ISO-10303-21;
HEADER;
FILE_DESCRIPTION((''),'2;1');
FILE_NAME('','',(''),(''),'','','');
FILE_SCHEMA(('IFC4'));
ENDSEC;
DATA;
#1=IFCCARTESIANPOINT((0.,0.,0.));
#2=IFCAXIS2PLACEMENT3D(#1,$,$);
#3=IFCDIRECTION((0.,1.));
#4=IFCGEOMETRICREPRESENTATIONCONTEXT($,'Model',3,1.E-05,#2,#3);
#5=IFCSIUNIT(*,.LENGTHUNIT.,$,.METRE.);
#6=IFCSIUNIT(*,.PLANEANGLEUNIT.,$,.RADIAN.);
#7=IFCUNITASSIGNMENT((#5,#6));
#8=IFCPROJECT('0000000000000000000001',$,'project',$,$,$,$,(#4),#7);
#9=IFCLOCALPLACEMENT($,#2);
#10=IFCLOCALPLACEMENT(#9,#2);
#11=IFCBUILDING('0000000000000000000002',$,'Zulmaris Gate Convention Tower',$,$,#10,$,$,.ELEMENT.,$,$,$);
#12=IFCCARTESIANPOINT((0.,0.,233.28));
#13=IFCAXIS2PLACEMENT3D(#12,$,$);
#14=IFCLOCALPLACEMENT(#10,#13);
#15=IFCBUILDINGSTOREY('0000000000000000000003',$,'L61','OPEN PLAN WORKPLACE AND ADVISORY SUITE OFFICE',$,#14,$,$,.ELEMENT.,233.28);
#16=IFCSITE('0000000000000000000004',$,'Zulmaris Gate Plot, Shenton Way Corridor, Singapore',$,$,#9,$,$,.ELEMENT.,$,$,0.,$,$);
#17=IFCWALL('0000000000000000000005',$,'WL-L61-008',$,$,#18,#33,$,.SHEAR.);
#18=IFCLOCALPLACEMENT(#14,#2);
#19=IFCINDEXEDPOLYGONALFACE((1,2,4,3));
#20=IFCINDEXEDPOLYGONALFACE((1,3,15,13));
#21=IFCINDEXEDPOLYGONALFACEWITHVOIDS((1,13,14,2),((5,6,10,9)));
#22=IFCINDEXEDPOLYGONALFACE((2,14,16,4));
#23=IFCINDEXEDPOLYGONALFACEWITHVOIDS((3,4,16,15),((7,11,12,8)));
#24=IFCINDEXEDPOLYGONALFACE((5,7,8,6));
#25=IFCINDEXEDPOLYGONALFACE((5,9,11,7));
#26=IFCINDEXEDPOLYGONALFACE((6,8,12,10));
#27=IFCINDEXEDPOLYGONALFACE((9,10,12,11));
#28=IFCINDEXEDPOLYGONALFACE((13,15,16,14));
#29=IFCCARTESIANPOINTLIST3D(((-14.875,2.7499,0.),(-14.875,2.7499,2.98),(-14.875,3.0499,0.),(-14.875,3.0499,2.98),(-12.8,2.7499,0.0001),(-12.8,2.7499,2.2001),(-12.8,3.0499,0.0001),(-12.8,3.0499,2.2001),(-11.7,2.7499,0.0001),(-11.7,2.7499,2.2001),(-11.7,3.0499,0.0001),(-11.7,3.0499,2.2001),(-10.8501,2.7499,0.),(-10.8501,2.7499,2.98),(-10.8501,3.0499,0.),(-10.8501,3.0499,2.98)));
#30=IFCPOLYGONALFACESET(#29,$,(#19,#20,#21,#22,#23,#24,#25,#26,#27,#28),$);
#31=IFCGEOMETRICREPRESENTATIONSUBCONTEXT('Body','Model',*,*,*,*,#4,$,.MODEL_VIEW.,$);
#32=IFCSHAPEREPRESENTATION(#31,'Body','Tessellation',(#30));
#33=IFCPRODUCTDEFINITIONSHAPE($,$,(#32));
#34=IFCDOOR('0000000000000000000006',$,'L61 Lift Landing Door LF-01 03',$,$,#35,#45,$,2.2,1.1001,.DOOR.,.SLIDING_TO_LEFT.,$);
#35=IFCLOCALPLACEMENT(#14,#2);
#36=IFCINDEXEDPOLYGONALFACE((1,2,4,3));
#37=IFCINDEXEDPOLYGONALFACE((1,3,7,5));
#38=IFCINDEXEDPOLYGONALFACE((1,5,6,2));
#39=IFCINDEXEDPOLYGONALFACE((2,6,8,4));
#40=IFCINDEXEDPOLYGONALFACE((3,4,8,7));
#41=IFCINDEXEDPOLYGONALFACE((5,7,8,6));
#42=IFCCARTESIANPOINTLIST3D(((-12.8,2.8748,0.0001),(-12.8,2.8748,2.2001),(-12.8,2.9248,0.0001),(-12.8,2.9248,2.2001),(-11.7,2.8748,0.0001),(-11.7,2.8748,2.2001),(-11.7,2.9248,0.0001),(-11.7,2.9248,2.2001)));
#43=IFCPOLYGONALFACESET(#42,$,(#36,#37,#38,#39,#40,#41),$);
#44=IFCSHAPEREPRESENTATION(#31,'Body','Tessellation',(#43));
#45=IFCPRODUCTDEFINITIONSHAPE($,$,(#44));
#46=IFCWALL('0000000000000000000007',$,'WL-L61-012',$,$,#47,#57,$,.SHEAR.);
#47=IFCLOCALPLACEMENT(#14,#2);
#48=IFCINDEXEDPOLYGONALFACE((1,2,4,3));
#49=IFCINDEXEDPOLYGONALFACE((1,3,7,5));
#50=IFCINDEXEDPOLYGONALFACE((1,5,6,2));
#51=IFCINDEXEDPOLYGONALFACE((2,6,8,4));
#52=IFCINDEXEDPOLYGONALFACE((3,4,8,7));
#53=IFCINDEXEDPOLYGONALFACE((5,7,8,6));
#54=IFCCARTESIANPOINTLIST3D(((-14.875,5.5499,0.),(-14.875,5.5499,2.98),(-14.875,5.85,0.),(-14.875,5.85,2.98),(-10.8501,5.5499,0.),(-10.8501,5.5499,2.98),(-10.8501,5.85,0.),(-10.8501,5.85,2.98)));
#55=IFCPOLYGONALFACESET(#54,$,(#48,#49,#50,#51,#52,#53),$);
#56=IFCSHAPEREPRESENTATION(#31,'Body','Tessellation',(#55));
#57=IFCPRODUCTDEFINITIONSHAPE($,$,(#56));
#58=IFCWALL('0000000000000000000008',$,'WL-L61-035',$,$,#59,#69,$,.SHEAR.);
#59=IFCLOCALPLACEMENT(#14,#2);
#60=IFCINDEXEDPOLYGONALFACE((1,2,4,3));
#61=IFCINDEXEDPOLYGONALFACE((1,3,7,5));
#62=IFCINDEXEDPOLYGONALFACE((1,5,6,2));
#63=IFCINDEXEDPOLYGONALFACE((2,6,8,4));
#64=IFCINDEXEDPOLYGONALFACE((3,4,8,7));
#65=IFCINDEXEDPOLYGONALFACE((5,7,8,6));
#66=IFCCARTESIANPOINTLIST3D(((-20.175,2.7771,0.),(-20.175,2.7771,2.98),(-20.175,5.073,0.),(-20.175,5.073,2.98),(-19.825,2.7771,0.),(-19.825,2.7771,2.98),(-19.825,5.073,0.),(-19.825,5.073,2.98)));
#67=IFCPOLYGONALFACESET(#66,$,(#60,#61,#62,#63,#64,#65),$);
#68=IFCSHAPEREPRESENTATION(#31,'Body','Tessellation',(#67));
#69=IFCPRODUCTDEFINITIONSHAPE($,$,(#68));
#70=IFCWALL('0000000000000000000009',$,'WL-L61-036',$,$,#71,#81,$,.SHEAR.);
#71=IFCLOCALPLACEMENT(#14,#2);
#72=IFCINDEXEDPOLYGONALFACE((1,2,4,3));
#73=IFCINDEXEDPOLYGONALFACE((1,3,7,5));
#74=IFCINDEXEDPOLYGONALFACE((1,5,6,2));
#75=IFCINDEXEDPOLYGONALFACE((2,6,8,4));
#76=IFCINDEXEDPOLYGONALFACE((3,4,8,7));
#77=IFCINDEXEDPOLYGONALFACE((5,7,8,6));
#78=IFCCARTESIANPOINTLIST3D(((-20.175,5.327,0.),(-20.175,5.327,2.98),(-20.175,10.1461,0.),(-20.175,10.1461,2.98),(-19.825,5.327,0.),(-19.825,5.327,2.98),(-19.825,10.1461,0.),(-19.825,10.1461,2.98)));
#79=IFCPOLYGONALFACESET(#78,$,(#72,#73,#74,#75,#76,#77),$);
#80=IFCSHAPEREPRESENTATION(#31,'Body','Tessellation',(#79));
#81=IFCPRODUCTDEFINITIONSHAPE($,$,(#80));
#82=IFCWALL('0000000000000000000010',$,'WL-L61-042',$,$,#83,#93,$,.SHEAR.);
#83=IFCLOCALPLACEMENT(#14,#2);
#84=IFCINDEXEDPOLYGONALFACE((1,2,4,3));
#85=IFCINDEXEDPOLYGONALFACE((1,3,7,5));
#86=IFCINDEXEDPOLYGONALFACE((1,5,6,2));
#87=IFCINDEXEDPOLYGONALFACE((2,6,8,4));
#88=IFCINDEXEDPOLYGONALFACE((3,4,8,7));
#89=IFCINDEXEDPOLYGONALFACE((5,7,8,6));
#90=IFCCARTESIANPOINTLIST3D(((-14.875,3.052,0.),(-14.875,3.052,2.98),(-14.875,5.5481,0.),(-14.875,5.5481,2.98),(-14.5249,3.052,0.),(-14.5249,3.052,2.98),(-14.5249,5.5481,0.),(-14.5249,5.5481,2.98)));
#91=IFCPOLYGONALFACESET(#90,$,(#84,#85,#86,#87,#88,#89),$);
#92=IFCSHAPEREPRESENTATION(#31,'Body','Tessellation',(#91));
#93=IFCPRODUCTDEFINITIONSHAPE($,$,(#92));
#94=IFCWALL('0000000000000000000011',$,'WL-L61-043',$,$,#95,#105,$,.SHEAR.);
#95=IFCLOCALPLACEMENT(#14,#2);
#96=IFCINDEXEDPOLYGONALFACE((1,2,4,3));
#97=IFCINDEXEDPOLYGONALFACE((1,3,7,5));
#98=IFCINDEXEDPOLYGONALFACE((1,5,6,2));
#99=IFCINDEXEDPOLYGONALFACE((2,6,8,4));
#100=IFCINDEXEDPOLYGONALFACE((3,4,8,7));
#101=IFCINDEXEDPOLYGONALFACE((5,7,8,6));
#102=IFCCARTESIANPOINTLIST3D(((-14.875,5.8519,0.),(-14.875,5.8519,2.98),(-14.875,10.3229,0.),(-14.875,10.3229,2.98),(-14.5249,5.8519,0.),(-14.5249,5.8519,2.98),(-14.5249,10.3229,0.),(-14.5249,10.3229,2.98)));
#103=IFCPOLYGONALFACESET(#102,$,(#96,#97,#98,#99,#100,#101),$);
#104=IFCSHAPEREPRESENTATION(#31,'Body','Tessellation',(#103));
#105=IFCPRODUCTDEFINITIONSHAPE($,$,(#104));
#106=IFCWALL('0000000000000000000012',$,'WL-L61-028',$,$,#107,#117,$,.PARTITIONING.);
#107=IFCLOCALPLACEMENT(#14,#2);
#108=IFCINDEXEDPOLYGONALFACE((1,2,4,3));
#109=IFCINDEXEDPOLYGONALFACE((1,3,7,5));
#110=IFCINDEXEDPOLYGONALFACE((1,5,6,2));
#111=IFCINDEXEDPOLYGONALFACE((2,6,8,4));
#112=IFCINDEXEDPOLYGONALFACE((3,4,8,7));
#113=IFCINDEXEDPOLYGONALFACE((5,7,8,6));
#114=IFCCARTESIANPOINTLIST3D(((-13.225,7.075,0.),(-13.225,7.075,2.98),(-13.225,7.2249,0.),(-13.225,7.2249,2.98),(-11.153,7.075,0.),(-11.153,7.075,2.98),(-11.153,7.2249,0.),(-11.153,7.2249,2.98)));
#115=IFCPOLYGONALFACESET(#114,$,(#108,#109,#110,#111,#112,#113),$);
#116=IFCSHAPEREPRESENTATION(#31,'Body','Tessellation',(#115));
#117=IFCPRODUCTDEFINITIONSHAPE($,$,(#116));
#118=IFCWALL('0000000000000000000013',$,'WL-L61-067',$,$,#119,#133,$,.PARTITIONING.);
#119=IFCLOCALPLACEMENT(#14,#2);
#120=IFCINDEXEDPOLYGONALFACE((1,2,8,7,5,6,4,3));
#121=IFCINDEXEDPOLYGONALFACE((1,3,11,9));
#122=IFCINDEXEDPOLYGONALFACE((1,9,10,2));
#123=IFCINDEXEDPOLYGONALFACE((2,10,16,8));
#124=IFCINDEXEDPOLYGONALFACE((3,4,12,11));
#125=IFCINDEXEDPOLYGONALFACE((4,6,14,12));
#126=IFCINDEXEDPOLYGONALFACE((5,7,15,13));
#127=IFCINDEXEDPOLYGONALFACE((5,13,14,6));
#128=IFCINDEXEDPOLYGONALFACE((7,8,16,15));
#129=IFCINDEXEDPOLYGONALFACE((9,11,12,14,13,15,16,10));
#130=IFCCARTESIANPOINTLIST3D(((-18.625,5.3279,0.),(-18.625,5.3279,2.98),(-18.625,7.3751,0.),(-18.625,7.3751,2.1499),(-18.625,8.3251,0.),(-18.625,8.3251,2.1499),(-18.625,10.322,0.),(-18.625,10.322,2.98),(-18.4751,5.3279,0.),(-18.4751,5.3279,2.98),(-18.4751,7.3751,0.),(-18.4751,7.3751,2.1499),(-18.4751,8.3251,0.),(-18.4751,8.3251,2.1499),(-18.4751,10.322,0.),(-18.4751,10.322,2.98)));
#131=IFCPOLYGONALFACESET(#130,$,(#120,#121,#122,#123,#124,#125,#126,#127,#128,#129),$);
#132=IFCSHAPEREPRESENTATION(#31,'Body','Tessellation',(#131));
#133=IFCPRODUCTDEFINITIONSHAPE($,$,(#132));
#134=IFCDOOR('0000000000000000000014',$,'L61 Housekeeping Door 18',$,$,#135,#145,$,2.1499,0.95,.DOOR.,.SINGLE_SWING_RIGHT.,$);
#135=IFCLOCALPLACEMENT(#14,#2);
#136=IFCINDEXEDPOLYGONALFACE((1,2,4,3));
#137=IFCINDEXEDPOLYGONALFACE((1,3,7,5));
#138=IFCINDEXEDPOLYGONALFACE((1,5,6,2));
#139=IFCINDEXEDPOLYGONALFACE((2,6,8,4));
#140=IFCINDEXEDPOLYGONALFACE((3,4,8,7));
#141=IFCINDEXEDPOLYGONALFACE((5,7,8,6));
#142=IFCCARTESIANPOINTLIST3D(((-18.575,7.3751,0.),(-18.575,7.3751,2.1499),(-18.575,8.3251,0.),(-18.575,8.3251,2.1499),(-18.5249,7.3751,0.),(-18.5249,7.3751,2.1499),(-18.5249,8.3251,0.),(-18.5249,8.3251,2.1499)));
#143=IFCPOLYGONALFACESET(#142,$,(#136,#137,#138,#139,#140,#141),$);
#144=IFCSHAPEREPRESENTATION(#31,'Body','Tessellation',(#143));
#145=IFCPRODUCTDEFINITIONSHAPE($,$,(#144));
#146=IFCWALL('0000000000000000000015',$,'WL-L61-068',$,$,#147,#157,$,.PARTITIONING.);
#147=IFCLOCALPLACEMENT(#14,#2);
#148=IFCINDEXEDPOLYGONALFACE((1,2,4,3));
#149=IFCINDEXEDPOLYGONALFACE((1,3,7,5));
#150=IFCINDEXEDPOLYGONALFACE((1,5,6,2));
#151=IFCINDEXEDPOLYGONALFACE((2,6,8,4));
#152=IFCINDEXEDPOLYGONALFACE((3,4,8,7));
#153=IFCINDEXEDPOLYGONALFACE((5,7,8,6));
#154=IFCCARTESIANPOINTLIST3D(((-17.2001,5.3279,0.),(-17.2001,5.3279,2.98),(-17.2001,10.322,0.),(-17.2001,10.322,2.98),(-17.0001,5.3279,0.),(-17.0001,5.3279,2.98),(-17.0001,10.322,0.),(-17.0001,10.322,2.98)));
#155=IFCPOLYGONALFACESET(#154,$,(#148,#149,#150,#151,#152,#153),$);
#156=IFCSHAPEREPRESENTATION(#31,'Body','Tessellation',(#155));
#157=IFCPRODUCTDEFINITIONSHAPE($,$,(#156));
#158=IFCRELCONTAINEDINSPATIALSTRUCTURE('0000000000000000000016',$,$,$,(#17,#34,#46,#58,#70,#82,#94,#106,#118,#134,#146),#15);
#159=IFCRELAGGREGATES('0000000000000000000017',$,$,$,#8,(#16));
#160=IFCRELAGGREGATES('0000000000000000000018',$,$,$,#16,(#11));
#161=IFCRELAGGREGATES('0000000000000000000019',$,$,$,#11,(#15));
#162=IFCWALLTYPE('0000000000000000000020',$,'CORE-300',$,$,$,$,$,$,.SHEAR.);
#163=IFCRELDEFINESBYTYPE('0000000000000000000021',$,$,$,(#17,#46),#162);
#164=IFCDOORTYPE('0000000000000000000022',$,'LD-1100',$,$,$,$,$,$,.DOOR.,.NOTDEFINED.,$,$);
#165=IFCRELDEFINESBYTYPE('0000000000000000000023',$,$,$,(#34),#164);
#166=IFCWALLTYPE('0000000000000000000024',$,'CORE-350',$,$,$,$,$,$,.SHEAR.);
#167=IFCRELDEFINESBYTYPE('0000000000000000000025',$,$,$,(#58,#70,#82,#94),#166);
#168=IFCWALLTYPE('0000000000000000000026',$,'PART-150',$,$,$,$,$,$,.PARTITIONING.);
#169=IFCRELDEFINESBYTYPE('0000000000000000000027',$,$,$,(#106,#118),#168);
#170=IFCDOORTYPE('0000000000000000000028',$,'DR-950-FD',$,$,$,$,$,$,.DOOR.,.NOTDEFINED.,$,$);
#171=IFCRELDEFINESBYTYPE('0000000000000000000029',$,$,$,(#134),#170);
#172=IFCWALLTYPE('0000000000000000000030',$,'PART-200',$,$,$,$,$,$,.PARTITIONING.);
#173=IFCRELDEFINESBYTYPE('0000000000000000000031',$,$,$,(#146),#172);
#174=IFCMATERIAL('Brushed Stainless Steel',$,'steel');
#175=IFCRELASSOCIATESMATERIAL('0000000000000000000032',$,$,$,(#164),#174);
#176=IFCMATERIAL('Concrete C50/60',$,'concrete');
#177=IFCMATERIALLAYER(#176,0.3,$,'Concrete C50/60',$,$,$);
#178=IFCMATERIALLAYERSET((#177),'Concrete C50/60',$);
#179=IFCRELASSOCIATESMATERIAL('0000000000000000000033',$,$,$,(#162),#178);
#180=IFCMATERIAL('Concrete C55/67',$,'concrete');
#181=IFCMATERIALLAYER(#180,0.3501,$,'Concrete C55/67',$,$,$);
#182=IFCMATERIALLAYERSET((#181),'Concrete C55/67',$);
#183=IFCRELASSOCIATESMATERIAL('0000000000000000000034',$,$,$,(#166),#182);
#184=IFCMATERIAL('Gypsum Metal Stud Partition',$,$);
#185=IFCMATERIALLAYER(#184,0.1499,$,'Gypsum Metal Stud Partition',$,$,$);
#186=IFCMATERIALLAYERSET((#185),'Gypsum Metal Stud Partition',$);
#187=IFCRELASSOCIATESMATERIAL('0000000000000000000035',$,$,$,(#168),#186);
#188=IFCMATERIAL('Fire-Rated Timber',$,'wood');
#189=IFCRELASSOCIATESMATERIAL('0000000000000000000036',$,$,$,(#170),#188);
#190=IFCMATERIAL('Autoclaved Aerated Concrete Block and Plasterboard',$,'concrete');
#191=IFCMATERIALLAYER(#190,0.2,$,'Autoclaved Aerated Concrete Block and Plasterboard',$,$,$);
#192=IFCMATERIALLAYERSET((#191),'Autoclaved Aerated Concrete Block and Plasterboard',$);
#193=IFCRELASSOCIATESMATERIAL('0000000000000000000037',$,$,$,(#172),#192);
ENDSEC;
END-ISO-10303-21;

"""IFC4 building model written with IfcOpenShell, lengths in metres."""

from ifc_helpers import new_model, si_unit, direction, frame, frame_2d, origin, place, context, subcontext, project, spatial, rectangle, extrude, material, layer, layer_set, type_object, element, fill, save


model = new_model("IFC4")

# Units and contexts
model_context = context("Model", 3, precision=1e-05, world=origin(), true_north=direction((0.0, 1.0)))
body_context = subcontext(model_context, "Body", "Model", "MODEL_VIEW")
ifc_project = project(units=[si_unit("LENGTHUNIT", "METRE"), si_unit("PLANEANGLEUNIT", "RADIAN")], contexts=[model_context])

# Site, building, storey
site_placement = place(None, origin())
site = spatial("IfcSite", under=ifc_project, at=site_placement, Name="Zulmaris Gate Plot, Shenton Way Corridor, Singapore", CompositionType="ELEMENT", RefElevation=0.0)
building_placement = place(site_placement, origin())
building = spatial("IfcBuilding", under=site, at=building_placement, Name="Zulmaris Gate Convention Tower", CompositionType="ELEMENT")
storey_placement = place(building_placement, frame((0.0, 0.0, 233.28)))
storey = spatial("IfcBuildingStorey", under=building, at=storey_placement, Name="L61", Description="OPEN PLAN WORKPLACE AND ADVISORY SUITE OFFICE", CompositionType="ELEMENT", Elevation=233.28)

# Shared definitions
ifc_material_1 = material(Name="Concrete C50/60", Category="concrete")

# Shared definitions
ifc_material_2 = material(Name="Brushed Stainless Steel", Category="steel")
door_type_1 = type_object("IfcDoorType", Name="LD-1100", OperationType="NOTDEFINED", PredefinedType="DOOR", material=ifc_material_2)

# Wall, opening, door
ifc_layer_1 = layer(ifc_material_1, 0.3, Name="Concrete C50/60")
ifc_layer_set_1 = layer_set([ifc_layer_1], Name="Concrete C50/60")
wall_type_1 = type_object("IfcWallType", Name="CORE-300", PredefinedType="SHEAR", material=ifc_layer_set_1)
wall_1_placement = place(storey_placement, frame((-14.875, 2.8999, 0.0), z_axis=(0.0, 0.0, 1.0), x_axis=(1.0, 0.0, 0.0)))
wall_1 = element("IfcWall", 1, at=wall_1_placement, inside=storey, type_object=wall_type_1, Name="WL-L61-008", PredefinedType="SHEAR", context=body_context, shape_type="SweptSolid", body=[
    extrude(rectangle(XDim=4.0249, YDim=0.3, at=frame_2d((2.0125, 0.0))), origin(), (0.0, 0.0, 1.0), 2.98),
])
opening_1_placement = place(wall_1_placement, frame((2.075, 0.0, 0.0)))
opening_1 = element("IfcOpeningElement", 2, at=opening_1_placement, cuts=wall_1, PredefinedType="OPENING", context=body_context, shape_type="SweptSolid", body=[
    extrude(rectangle(XDim=1.1001, YDim=2.2, at=frame_2d((0.55, 1.1001))), frame((0.0, 0.1602, 0.0), z_axis=(0.0, -1.0, 0.0), x_axis=(1.0, 0.0, 0.0)), (0.0, 0.0, 1.0), 0.3201),
])
door_1_placement = place(opening_1_placement, origin())
door_1 = element("IfcDoor", 3, at=door_1_placement, inside=storey, type_object=door_type_1, Name="L61 Lift Landing Door LF-01 03", OperationType="SLIDING_TO_LEFT", OverallHeight=2.2, OverallWidth=1.1001, PredefinedType="DOOR", context=body_context, shape_type="SweptSolid", body=[
    extrude(rectangle(XDim=1.1001, YDim=2.2, at=frame_2d((0.55, 1.1001))), frame((0.0, 0.0249, 0.0), z_axis=(0.0, -1.0, 0.0), x_axis=(1.0, 0.0, 0.0)), (0.0, 0.0, 1.0), 0.05),
])
fill(opening_1, door_1)

# Walls
wall_2_placement = place(storey_placement, frame((-14.875, 5.7, 0.0), z_axis=(0.0, 0.0, 1.0), x_axis=(1.0, 0.0, 0.0)))
element("IfcWall", 4, at=wall_2_placement, inside=storey, type_object=wall_type_1, Name="WL-L61-012", PredefinedType="SHEAR", context=body_context, shape_type="SweptSolid", body=[
    extrude(rectangle(XDim=4.0249, YDim=0.3, at=frame_2d((2.0125, 0.0))), origin(), (0.0, 0.0, 1.0), 2.98),
])
ifc_material_3 = material(Name="Concrete C55/67", Category="concrete")
ifc_layer_2 = layer(ifc_material_3, 0.3501, Name="Concrete C55/67")
ifc_layer_set_2 = layer_set([ifc_layer_2], Name="Concrete C55/67")
wall_type_2 = type_object("IfcWallType", Name="CORE-350", PredefinedType="SHEAR", material=ifc_layer_set_2)
wall_3_placement = place(storey_placement, frame((-20.0, 2.7771, 0.0), z_axis=(0.0, 0.0, 1.0), x_axis=(0.0, 1.0, 0.0)))
element("IfcWall", 5, at=wall_3_placement, inside=storey, type_object=wall_type_2, Name="WL-L61-035", PredefinedType="SHEAR", context=body_context, shape_type="SweptSolid", body=[
    extrude(rectangle(XDim=2.2959, YDim=0.3501, at=frame_2d((1.1479, 0.0))), origin(), (0.0, 0.0, 1.0), 2.98),
])
wall_4_placement = place(storey_placement, frame((-20.0, 5.3269, 0.0), z_axis=(0.0, 0.0, 1.0), x_axis=(0.0, 1.0, 0.0)))
element("IfcWall", 6, at=wall_4_placement, inside=storey, type_object=wall_type_2, Name="WL-L61-036", PredefinedType="SHEAR", context=body_context, shape_type="SweptSolid", body=[
    extrude(rectangle(XDim=4.8191, YDim=0.3501, at=frame_2d((2.4097, 0.0))), origin(), (0.0, 0.0, 1.0), 2.98),
])
wall_5_placement = place(storey_placement, frame((-14.7, 3.052, 0.0), z_axis=(0.0, 0.0, 1.0), x_axis=(0.0, 1.0, 0.0)))
element("IfcWall", 7, at=wall_5_placement, inside=storey, type_object=wall_type_2, Name="WL-L61-042", PredefinedType="SHEAR", context=body_context, shape_type="SweptSolid", body=[
    extrude(rectangle(XDim=2.4961, YDim=0.3501, at=frame_2d((1.248, 0.0))), origin(), (0.0, 0.0, 1.0), 2.98),
])
wall_6_placement = place(storey_placement, frame((-14.7, 5.8521, 0.0), z_axis=(0.0, 0.0, 1.0), x_axis=(0.0, 1.0, 0.0)))
element("IfcWall", 8, at=wall_6_placement, inside=storey, type_object=wall_type_2, Name="WL-L61-043", PredefinedType="SHEAR", context=body_context, shape_type="SweptSolid", body=[
    extrude(rectangle(XDim=4.4709, YDim=0.3501, at=frame_2d((2.2354, 0.0))), origin(), (0.0, 0.0, 1.0), 2.98),
])
ifc_material_4 = material(Name="Gypsum Metal Stud Partition")
ifc_layer_3 = layer(ifc_material_4, 0.1499, Name="Gypsum Metal Stud Partition")
ifc_layer_set_3 = layer_set([ifc_layer_3], Name="Gypsum Metal Stud Partition")
wall_type_3 = type_object("IfcWallType", Name="PART-150", PredefinedType="PARTITIONING", material=ifc_layer_set_3)
wall_7_placement = place(storey_placement, frame((-13.2251, 7.1499, 0.0), z_axis=(0.0, 0.0, 1.0), x_axis=(1.0, 0.0, 0.0)))
element("IfcWall", 9, at=wall_7_placement, inside=storey, type_object=wall_type_3, Name="WL-L61-028", PredefinedType="PARTITIONING", context=body_context, shape_type="SweptSolid", body=[
    extrude(rectangle(XDim=2.072, YDim=0.1499, at=frame_2d((1.0361, 0.0))), origin(), (0.0, 0.0, 1.0), 2.98),
])

# Wall, opening, door
wall_8_placement = place(storey_placement, frame((-18.55, 5.3279, 0.0), z_axis=(0.0, 0.0, 1.0), x_axis=(0.0, 1.0, 0.0)))
wall_8 = element("IfcWall", 10, at=wall_8_placement, inside=storey, type_object=wall_type_3, Name="WL-L61-067", PredefinedType="PARTITIONING", context=body_context, shape_type="SweptSolid", body=[
    extrude(rectangle(XDim=4.9941, YDim=0.1499, at=frame_2d((2.4971, 0.0))), origin(), (0.0, 0.0, 1.0), 2.98),
])
opening_2_placement = place(wall_8_placement, frame((2.0471, 0.0, 0.0)))
opening_2 = element("IfcOpeningElement", 11, at=opening_2_placement, cuts=wall_8, PredefinedType="OPENING", context=body_context, shape_type="SweptSolid", body=[
    extrude(rectangle(XDim=0.95, YDim=2.1499, at=frame_2d((0.4751, 1.075))), frame((0.0, 0.085, 0.0), z_axis=(0.0, -1.0, 0.0), x_axis=(1.0, 0.0, 0.0)), (0.0, 0.0, 1.0), 0.1699),
])
ifc_material_5 = material(Name="Fire-Rated Timber", Category="wood")
door_type_2 = type_object("IfcDoorType", Name="DR-950-FD", OperationType="NOTDEFINED", PredefinedType="DOOR", material=ifc_material_5)
door_2_placement = place(opening_2_placement, origin())
door_2 = element("IfcDoor", 12, at=door_2_placement, inside=storey, type_object=door_type_2, Name="L61 Housekeeping Door 18", OperationType="SINGLE_SWING_RIGHT", OverallHeight=2.1499, OverallWidth=0.95, PredefinedType="DOOR", context=body_context, shape_type="SweptSolid", body=[
    extrude(rectangle(XDim=0.95, YDim=2.1499, at=frame_2d((0.4751, 1.075))), frame((0.0, 0.0249, 0.0), z_axis=(0.0, -1.0, 0.0), x_axis=(1.0, 0.0, 0.0)), (0.0, 0.0, 1.0), 0.05),
])
fill(opening_2, door_2)

# Wall
ifc_material_6 = material(Name="Autoclaved Aerated Concrete Block and Plasterboard", Category="concrete")
ifc_layer_4 = layer(ifc_material_6, 0.2, Name="Autoclaved Aerated Concrete Block and Plasterboard")
ifc_layer_set_4 = layer_set([ifc_layer_4], Name="Autoclaved Aerated Concrete Block and Plasterboard")
wall_type_4 = type_object("IfcWallType", Name="PART-200", PredefinedType="PARTITIONING", material=ifc_layer_set_4)
wall_9_placement = place(storey_placement, frame((-17.1001, 5.3279, 0.0), z_axis=(0.0, 0.0, 1.0), x_axis=(0.0, 1.0, 0.0)))
element("IfcWall", 13, at=wall_9_placement, inside=storey, type_object=wall_type_4, Name="WL-L61-068", PredefinedType="PARTITIONING", context=body_context, shape_type="SweptSolid", body=[
    extrude(rectangle(XDim=4.9941, YDim=0.2, at=frame_2d((2.4971, 0.0))), origin(), (0.0, 0.0, 1.0), 2.98),
])

save(model, "model.ifc")
